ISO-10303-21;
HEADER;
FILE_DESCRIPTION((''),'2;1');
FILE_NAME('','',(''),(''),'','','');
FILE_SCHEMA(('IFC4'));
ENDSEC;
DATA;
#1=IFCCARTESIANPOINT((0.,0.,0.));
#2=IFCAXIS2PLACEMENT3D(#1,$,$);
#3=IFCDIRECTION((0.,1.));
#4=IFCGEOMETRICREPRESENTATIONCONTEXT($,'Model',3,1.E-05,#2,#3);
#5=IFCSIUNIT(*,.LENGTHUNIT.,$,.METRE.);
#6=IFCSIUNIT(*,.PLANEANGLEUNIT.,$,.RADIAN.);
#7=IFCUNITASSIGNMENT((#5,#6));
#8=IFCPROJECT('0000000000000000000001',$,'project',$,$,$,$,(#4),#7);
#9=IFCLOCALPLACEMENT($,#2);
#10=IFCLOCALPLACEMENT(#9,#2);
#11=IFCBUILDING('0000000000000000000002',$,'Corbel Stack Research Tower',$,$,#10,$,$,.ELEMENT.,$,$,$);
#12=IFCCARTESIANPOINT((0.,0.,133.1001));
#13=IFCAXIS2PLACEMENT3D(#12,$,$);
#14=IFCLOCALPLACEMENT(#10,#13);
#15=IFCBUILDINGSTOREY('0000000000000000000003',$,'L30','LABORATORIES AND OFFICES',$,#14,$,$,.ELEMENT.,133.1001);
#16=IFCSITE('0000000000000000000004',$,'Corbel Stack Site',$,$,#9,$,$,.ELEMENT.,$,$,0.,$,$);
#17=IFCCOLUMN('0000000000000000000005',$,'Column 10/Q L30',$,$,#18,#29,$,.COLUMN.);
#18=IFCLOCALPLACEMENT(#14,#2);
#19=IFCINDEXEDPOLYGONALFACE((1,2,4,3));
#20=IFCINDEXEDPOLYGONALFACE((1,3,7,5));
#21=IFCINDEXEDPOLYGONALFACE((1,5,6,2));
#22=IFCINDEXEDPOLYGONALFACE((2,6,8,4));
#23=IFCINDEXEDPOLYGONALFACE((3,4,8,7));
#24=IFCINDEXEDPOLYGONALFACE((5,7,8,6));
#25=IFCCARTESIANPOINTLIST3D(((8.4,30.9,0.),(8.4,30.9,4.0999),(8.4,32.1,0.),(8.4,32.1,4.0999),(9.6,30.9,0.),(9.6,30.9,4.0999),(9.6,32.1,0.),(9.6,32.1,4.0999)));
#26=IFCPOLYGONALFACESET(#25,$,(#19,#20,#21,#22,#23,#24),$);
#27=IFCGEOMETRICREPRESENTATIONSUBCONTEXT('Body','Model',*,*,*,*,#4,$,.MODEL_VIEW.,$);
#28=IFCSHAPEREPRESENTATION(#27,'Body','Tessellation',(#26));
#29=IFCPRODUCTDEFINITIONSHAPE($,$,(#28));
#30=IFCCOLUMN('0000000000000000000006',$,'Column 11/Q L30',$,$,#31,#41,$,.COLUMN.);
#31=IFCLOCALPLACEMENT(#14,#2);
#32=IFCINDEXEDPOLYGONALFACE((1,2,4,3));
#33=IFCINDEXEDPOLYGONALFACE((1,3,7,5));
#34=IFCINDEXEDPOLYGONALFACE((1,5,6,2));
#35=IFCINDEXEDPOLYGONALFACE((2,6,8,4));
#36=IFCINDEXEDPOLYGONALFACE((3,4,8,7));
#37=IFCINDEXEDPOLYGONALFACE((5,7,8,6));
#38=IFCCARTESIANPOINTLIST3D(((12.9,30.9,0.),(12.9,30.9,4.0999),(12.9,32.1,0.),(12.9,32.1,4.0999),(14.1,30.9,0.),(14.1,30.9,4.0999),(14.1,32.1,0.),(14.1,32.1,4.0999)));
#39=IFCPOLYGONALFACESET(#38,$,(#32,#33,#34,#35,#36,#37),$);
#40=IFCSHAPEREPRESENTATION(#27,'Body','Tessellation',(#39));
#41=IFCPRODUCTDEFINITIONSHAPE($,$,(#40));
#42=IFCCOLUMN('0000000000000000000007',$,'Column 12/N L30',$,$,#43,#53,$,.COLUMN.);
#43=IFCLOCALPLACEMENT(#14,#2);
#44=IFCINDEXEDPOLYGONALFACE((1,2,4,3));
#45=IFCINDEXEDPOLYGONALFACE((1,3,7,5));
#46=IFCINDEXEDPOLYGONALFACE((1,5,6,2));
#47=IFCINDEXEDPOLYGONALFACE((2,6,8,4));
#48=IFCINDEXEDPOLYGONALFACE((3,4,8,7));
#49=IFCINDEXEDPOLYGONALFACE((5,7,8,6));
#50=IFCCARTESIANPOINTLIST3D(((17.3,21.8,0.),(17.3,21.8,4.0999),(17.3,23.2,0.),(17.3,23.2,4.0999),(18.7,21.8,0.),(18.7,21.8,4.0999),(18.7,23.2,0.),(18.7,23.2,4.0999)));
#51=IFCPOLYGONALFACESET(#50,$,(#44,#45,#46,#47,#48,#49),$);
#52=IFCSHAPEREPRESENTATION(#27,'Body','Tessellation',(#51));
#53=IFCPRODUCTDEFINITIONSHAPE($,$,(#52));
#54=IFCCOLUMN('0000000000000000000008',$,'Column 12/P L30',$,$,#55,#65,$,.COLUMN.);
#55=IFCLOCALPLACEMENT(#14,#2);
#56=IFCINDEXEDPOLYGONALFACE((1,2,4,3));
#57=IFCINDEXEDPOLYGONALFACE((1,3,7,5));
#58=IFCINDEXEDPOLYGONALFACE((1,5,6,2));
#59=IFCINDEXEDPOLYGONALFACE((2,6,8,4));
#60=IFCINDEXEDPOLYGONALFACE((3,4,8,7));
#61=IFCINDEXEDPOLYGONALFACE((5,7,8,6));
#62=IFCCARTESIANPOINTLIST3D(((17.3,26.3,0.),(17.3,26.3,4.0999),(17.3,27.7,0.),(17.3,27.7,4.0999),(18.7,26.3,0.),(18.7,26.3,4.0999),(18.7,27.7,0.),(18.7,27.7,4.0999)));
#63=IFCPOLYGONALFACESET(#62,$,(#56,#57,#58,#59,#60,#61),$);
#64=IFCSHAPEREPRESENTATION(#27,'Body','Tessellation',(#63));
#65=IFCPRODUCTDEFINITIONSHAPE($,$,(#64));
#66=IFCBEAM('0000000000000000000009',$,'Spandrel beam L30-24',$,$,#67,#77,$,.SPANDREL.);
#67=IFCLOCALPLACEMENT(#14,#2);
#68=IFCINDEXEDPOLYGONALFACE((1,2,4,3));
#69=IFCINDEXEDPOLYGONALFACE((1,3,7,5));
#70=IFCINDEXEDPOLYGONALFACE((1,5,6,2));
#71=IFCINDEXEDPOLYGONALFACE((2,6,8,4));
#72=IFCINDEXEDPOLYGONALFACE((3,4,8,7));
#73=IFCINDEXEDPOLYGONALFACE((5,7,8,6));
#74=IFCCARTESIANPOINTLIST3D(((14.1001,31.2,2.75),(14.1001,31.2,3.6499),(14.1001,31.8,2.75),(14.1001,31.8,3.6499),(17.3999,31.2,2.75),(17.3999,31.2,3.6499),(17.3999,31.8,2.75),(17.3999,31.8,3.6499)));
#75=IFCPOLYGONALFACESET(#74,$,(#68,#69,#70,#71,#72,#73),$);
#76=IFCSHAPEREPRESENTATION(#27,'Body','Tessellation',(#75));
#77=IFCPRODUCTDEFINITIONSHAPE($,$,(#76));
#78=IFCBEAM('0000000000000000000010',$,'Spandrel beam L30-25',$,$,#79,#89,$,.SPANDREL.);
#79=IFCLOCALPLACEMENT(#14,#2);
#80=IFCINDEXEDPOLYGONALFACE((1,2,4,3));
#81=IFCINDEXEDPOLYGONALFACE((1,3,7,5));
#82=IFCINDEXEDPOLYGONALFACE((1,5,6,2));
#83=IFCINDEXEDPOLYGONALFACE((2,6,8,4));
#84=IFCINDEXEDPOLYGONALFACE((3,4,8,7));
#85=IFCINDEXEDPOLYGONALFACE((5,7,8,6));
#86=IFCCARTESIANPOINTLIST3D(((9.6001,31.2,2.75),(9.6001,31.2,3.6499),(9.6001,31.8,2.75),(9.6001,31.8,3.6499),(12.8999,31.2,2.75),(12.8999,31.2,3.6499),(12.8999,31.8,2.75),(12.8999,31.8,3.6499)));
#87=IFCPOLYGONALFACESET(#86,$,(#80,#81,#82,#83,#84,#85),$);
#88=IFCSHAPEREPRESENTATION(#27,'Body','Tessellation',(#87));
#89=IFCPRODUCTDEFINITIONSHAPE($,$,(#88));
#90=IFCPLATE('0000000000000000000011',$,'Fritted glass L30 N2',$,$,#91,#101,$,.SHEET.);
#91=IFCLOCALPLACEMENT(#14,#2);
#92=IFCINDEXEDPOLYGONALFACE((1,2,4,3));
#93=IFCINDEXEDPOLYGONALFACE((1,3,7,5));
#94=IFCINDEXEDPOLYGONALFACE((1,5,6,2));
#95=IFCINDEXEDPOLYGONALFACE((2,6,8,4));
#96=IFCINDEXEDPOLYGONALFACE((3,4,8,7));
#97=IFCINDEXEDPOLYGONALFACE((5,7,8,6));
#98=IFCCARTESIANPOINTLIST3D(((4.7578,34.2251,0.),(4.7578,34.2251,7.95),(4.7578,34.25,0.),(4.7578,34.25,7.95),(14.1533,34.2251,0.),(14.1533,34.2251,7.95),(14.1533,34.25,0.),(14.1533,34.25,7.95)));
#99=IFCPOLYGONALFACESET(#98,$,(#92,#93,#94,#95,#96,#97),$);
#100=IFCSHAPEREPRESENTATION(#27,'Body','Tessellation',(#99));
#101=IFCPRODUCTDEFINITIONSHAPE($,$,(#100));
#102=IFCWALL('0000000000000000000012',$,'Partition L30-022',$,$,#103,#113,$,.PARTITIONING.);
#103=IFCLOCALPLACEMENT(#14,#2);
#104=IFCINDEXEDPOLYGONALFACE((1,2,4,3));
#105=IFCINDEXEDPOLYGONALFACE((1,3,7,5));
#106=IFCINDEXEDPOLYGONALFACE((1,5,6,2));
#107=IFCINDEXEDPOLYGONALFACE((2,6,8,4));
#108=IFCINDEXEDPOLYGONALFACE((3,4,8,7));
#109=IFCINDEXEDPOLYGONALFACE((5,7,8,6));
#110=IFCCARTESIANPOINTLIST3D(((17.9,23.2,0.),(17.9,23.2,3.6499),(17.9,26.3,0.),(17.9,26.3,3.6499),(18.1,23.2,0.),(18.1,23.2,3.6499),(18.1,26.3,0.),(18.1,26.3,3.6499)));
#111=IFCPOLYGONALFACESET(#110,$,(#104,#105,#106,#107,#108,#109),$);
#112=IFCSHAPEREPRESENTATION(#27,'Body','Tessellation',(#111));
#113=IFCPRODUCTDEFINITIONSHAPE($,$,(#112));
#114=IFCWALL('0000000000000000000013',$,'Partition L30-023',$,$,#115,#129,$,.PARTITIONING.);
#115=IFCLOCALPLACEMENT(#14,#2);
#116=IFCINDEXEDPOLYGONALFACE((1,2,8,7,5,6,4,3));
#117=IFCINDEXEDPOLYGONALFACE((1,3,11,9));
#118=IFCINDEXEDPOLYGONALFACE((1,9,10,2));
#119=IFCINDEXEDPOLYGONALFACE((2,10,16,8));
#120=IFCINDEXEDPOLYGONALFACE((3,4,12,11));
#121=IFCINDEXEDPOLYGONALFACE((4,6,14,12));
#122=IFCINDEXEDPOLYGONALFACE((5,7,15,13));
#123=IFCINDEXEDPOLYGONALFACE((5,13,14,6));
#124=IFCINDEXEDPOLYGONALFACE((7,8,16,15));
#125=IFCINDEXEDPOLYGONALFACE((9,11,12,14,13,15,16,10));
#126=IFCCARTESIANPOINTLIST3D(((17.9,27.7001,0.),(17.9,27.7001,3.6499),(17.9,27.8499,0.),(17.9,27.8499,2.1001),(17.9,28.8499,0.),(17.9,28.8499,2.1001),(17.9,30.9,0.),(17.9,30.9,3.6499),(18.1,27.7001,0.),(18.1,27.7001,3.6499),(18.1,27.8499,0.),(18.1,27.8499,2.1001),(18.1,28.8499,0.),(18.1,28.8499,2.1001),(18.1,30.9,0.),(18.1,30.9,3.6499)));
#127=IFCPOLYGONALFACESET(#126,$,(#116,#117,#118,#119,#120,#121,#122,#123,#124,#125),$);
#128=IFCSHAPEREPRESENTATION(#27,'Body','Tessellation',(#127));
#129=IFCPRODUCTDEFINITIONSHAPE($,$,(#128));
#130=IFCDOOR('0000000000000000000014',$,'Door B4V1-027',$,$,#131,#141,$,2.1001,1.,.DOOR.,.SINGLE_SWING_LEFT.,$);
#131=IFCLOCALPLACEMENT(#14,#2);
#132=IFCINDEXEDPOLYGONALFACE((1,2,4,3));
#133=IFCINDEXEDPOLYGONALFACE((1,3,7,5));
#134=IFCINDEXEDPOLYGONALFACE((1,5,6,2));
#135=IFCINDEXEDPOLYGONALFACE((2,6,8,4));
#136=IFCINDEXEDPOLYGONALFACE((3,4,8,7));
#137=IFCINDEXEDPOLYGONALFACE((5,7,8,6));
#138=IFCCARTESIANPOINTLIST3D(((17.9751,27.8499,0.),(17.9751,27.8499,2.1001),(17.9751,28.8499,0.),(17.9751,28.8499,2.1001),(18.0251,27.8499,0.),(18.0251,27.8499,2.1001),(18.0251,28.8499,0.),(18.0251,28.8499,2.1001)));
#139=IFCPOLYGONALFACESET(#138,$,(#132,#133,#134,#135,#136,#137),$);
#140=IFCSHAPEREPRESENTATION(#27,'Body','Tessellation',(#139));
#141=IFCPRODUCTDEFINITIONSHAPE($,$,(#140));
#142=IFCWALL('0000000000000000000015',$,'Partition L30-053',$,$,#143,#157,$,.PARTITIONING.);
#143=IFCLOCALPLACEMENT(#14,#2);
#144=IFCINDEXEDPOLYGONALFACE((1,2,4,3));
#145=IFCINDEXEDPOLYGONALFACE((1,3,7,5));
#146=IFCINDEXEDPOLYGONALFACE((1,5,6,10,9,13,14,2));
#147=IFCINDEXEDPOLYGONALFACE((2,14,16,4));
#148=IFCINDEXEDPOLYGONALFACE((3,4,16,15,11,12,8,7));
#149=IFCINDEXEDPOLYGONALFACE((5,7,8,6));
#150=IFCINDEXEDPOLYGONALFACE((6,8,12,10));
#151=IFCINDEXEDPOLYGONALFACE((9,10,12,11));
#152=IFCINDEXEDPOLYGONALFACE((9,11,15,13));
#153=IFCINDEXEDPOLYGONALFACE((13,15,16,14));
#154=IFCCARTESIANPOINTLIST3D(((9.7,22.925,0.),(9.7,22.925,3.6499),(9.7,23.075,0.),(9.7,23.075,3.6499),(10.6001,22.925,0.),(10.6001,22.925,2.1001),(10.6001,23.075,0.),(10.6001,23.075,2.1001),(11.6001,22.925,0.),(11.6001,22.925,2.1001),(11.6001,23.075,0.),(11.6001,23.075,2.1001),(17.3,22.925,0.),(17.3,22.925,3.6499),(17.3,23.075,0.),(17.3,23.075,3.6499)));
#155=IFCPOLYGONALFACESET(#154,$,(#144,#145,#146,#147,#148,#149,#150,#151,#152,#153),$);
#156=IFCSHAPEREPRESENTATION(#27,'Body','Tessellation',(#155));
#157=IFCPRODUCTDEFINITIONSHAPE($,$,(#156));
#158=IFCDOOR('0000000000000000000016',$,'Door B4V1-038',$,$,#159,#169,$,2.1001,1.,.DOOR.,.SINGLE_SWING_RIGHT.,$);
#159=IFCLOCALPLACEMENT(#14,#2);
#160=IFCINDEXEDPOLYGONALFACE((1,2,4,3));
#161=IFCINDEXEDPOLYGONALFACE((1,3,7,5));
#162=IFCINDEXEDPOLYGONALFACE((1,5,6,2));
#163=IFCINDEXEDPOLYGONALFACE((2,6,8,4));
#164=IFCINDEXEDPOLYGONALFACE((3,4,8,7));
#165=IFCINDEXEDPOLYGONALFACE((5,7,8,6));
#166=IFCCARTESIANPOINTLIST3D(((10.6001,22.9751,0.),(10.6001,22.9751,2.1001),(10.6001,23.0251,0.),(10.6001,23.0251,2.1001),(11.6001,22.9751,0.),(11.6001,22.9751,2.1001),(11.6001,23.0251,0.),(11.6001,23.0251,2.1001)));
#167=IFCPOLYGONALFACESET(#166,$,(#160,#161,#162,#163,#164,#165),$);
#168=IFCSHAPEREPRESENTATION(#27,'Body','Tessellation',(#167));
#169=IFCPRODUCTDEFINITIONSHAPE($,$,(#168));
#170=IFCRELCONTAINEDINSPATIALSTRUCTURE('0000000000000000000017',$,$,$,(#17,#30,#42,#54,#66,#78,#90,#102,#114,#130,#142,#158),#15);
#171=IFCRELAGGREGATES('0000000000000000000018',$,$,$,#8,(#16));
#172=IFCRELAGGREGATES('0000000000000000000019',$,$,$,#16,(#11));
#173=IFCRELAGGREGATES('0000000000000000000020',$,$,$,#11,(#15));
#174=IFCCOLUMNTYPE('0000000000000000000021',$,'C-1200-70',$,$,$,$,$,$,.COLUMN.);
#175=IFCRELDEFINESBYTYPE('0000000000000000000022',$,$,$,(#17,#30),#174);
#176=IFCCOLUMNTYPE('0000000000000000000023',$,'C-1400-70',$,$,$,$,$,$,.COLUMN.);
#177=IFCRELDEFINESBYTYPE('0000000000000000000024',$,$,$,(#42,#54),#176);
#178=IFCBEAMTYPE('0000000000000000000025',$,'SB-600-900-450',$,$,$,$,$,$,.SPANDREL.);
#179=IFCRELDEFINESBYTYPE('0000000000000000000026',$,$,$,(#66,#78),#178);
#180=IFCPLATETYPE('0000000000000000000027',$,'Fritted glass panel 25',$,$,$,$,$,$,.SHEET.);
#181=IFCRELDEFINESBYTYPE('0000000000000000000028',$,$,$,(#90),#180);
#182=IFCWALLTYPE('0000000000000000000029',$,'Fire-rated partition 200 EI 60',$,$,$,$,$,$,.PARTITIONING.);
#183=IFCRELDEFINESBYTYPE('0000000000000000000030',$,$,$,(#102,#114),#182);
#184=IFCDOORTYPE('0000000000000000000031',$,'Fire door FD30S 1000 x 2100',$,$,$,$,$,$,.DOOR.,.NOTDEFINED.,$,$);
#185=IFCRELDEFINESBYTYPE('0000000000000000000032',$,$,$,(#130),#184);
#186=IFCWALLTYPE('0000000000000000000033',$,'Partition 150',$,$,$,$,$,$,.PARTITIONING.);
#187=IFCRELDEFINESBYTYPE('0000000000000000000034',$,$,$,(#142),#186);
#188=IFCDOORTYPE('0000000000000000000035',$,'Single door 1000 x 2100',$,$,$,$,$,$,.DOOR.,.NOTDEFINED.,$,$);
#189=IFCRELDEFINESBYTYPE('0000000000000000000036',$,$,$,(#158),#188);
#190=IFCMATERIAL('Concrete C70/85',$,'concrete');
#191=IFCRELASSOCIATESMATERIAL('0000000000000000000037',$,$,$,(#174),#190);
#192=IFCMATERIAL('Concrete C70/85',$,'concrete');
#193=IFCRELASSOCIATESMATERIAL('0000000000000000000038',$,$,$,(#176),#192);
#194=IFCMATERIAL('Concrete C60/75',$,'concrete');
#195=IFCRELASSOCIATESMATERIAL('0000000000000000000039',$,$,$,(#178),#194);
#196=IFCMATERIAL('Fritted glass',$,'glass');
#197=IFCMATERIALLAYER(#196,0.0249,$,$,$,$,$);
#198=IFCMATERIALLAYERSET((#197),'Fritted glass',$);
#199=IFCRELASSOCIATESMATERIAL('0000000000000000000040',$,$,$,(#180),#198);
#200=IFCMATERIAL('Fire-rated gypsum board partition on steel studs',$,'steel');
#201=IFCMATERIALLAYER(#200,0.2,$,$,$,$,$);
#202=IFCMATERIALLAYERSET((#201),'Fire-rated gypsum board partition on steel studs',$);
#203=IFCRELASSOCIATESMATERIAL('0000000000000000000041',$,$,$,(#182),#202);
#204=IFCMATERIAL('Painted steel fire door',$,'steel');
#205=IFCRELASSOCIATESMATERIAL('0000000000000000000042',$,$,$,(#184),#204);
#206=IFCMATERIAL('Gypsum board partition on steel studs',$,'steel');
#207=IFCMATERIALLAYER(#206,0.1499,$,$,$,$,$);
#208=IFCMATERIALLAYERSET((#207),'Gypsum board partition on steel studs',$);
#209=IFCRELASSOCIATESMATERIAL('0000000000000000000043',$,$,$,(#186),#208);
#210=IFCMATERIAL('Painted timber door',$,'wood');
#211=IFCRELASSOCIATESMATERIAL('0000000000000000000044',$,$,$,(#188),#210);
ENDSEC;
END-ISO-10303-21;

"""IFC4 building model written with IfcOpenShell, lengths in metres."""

from ifc_helpers import new_model, si_unit, direction, frame, frame_2d, origin, origin_2d, place, context, subcontext, project, spatial, rectangle, extrude, material, layer, layer_set, material_profile, profile_set, type_object, element, fill, save


model = new_model("IFC4")

# Units and contexts
model_context = context("Model", 3, precision=1e-05, world=origin(), true_north=direction((0.0, 1.0)))
body_context = subcontext(model_context, "Body", "Model", "MODEL_VIEW")
ifc_project = project(units=[si_unit("LENGTHUNIT", "METRE"), si_unit("PLANEANGLEUNIT", "RADIAN")], contexts=[model_context])

# Site, building, storey
site_placement = place(None, origin())
site = spatial("IfcSite", under=ifc_project, at=site_placement, Name="Corbel Stack Site", CompositionType="ELEMENT", RefElevation=0.0)
building_placement = place(site_placement, origin())
building = spatial("IfcBuilding", under=site, at=building_placement, Name="Corbel Stack Research Tower", CompositionType="ELEMENT")
storey_placement = place(building_placement, frame((0.0, 0.0, 133.1001)))
storey = spatial("IfcBuildingStorey", under=building, at=storey_placement, Name="L30", Description="LABORATORIES AND OFFICES", CompositionType="ELEMENT", Elevation=133.1001)

# Columns
ifc_material_1 = material(Name="Concrete C70/85", Category="concrete")
ifc_material_profile_1 = material_profile(ifc_material_1, rectangle(XDim=1.2, YDim=1.2, at=origin_2d()), Name="RC 1200 x 1200")
ifc_profile_set_1 = profile_set([ifc_material_profile_1], Name="Concrete C70/85")
column_type_1 = type_object("IfcColumnType", Name="C-1200-70", PredefinedType="COLUMN", material=ifc_profile_set_1)
for number, where, z_axis, x_axis, name in (
    (1, (9.0, 31.5, 0.0), (0.0, 0.0, 1.0), (1.0, 0.0, 0.0), "Column 10/Q L30"),
    (2, (13.5, 31.5, 0.0), (0.0, 0.0, 1.0), (1.0, 0.0, 0.0), "Column 11/Q L30"),
):
    element("IfcColumn", number, at=place(storey_placement, frame(where, z_axis=z_axis, x_axis=x_axis)), inside=storey, type_object=column_type_1, Name=name, PredefinedType="COLUMN", context=body_context, shape_type="SweptSolid", body=[
        extrude(rectangle(XDim=1.2, YDim=1.2, at=origin_2d()), origin(), (0.0, 0.0, 1.0), 4.0999),
    ])
ifc_material_2 = material(Name="Concrete C70/85", Category="concrete")
ifc_material_profile_2 = material_profile(ifc_material_2, rectangle(XDim=1.3999, YDim=1.3999, at=origin_2d()), Name="RC 1400 x 1400")
ifc_profile_set_2 = profile_set([ifc_material_profile_2], Name="Concrete C70/85")
column_type_2 = type_object("IfcColumnType", Name="C-1400-70", PredefinedType="COLUMN", material=ifc_profile_set_2)
for number, where, z_axis, x_axis, name in (
    (3, (18.0, 22.5, 0.0), (0.0, 0.0, 1.0), (1.0, 0.0, 0.0), "Column 12/N L30"),
    (4, (18.0, 27.0, 0.0), (0.0, 0.0, 1.0), (1.0, 0.0, 0.0), "Column 12/P L30"),
):
    element("IfcColumn", number, at=place(storey_placement, frame(where, z_axis=z_axis, x_axis=x_axis)), inside=storey, type_object=column_type_2, Name=name, PredefinedType="COLUMN", context=body_context, shape_type="SweptSolid", body=[
        extrude(rectangle(XDim=1.3999, YDim=1.3999, at=origin_2d()), origin(), (0.0, 0.0, 1.0), 4.0999),
    ])

# Beams
ifc_material_3 = material(Name="Concrete C60/75", Category="concrete")
ifc_material_profile_3 = material_profile(ifc_material_3, rectangle(XDim=0.6001, YDim=0.8999, at=origin_2d()), Name="RC 600 x 900")
ifc_profile_set_3 = profile_set([ifc_material_profile_3], Name="Concrete C60/75")
beam_type = type_object("IfcBeamType", Name="SB-600-900-450", PredefinedType="SPANDREL", material=ifc_profile_set_3)
for number, where, z_axis, x_axis, name in (
    (5, (17.3999, 31.5, 3.2), (-1.0, 0.0, 0.0), (0.0, -1.0, 0.0), "Spandrel beam L30-24"),
    (6, (12.8999, 31.5, 3.2), (-1.0, 0.0, 0.0), (0.0, -1.0, 0.0), "Spandrel beam L30-25"),
):
    element("IfcBeam", number, at=place(storey_placement, frame(where, z_axis=z_axis, x_axis=x_axis)), inside=storey, type_object=beam_type, Name=name, PredefinedType="SPANDREL", context=body_context, shape_type="SweptSolid", body=[
        extrude(rectangle(XDim=0.6001, YDim=0.8999, at=origin_2d()), origin(), (0.0, 0.0, 1.0), 3.2998),
    ])

# Plate
ifc_material_4 = material(Name="Fritted glass", Category="glass")
ifc_layer_1 = layer(ifc_material_4, 0.0249)
ifc_layer_set_1 = layer_set([ifc_layer_1], Name="Fritted glass")
plate_type = type_object("IfcPlateType", Name="Fritted glass panel 25", PredefinedType="SHEET", material=ifc_layer_set_1)
plate_placement = place(storey_placement, frame((9.4556, 34.2375, 0.0), z_axis=(0.0, 0.0, 1.0), x_axis=(-1.0, 0.0, 0.0)))
element("IfcPlate", 7, at=plate_placement, inside=storey, type_object=plate_type, Name="Fritted glass L30 N2", PredefinedType="SHEET", context=body_context, shape_type="SweptSolid", body=[
    extrude(rectangle(XDim=9.3955, YDim=0.0249, at=origin_2d()), origin(), (0.0, 0.0, 1.0), 7.95),
])

# Wall
ifc_material_5 = material(Name="Fire-rated gypsum board partition on steel studs", Category="steel")
ifc_layer_2 = layer(ifc_material_5, 0.2)
ifc_layer_set_2 = layer_set([ifc_layer_2], Name="Fire-rated gypsum board partition on steel studs")
wall_type_1 = type_object("IfcWallType", Name="Fire-rated partition 200 EI 60", PredefinedType="PARTITIONING", material=ifc_layer_set_2)
wall_1_placement = place(storey_placement, frame((18.0, 23.2, 0.0), z_axis=(0.0, 0.0, 1.0), x_axis=(0.0, 1.0, 0.0)))
element("IfcWall", 8, at=wall_1_placement, inside=storey, type_object=wall_type_1, Name="Partition L30-022", PredefinedType="PARTITIONING", context=body_context, shape_type="SweptSolid", body=[
    extrude(rectangle(XDim=3.1001, YDim=0.2, at=frame_2d((1.55, 0.0))), origin(), (0.0, 0.0, 1.0), 3.6499),
])

# Walls, openings, doors
wall_2_placement = place(storey_placement, frame((18.0, 27.7, 0.0), z_axis=(0.0, 0.0, 1.0), x_axis=(0.0, 1.0, 0.0)))
wall_2 = element("IfcWall", 9, at=wall_2_placement, inside=storey, type_object=wall_type_1, Name="Partition L30-023", PredefinedType="PARTITIONING", context=body_context, shape_type="SweptSolid", body=[
    extrude(rectangle(XDim=3.2, YDim=0.2, at=frame_2d((1.6001, 0.0))), origin(), (0.0, 0.0, 1.0), 3.6499),
])
opening_1_placement = place(wall_2_placement, frame((0.1499, 0.0, 0.0)))
opening_1 = element("IfcOpeningElement", 10, at=opening_1_placement, cuts=wall_2, PredefinedType="OPENING", context=body_context, shape_type="SweptSolid", body=[
    extrude(rectangle(XDim=1.0, YDim=2.1001, at=frame_2d((0.5, 1.05))), frame((0.0, 0.1099, 0.0), z_axis=(0.0, -1.0, 0.0), x_axis=(1.0, 0.0, 0.0)), (0.0, 0.0, 1.0), 0.22),
])
ifc_material_6 = material(Name="Painted steel fire door", Category="steel")
door_type_1 = type_object("IfcDoorType", Name="Fire door FD30S 1000 x 2100", OperationType="NOTDEFINED", PredefinedType="DOOR", material=ifc_material_6)
door_1_placement = place(opening_1_placement, origin())
door_1 = element("IfcDoor", 11, at=door_1_placement, inside=storey, type_object=door_type_1, Name="Door B4V1-027", OperationType="SINGLE_SWING_LEFT", OverallHeight=2.1001, OverallWidth=1.0, PredefinedType="DOOR", context=body_context, shape_type="SweptSolid", body=[
    extrude(rectangle(XDim=1.0, YDim=2.1001, at=frame_2d((0.5, 1.05))), frame((0.0, 0.0249, 0.0), z_axis=(0.0, -1.0, 0.0), x_axis=(1.0, 0.0, 0.0)), (0.0, 0.0, 1.0), 0.05),
])
fill(opening_1, door_1)
ifc_material_7 = material(Name="Gypsum board partition on steel studs", Category="steel")
ifc_layer_3 = layer(ifc_material_7, 0.1499)
ifc_layer_set_3 = layer_set([ifc_layer_3], Name="Gypsum board partition on steel studs")
wall_type_2 = type_object("IfcWallType", Name="Partition 150", PredefinedType="PARTITIONING", material=ifc_layer_set_3)
wall_3_placement = place(storey_placement, frame((17.3, 23.0, 0.0), z_axis=(0.0, 0.0, 1.0), x_axis=(-1.0, 0.0, 0.0)))
wall_3 = element("IfcWall", 12, at=wall_3_placement, inside=storey, type_object=wall_type_2, Name="Partition L30-053", PredefinedType="PARTITIONING", context=body_context, shape_type="SweptSolid", body=[
    extrude(rectangle(XDim=7.6001, YDim=0.1499, at=frame_2d((3.8, 0.0))), origin(), (0.0, 0.0, 1.0), 3.6499),
])
opening_2_placement = place(wall_3_placement, frame((5.7, 0.0, 0.0)))
opening_2 = element("IfcOpeningElement", 13, at=opening_2_placement, cuts=wall_3, PredefinedType="OPENING", context=body_context, shape_type="SweptSolid", body=[
    extrude(rectangle(XDim=1.0, YDim=2.1001, at=frame_2d((0.5, 1.05))), frame((0.0, 0.085, 0.0), z_axis=(0.0, -1.0, 0.0), x_axis=(1.0, 0.0, 0.0)), (0.0, 0.0, 1.0), 0.1699),
])
ifc_material_8 = material(Name="Painted timber door", Category="wood")
door_type_2 = type_object("IfcDoorType", Name="Single door 1000 x 2100", OperationType="NOTDEFINED", PredefinedType="DOOR", material=ifc_material_8)
door_2_placement = place(opening_2_placement, origin())
door_2 = element("IfcDoor", 14, at=door_2_placement, inside=storey, type_object=door_type_2, Name="Door B4V1-038", OperationType="SINGLE_SWING_RIGHT", OverallHeight=2.1001, OverallWidth=1.0, PredefinedType="DOOR", context=body_context, shape_type="SweptSolid", body=[
    extrude(rectangle(XDim=1.0, YDim=2.1001, at=frame_2d((0.5, 1.05))), frame((0.0, 0.0249, 0.0), z_axis=(0.0, -1.0, 0.0), x_axis=(1.0, 0.0, 0.0)), (0.0, 0.0, 1.0), 0.05),
])
fill(opening_2, door_2)

save(model, "model.ifc")
